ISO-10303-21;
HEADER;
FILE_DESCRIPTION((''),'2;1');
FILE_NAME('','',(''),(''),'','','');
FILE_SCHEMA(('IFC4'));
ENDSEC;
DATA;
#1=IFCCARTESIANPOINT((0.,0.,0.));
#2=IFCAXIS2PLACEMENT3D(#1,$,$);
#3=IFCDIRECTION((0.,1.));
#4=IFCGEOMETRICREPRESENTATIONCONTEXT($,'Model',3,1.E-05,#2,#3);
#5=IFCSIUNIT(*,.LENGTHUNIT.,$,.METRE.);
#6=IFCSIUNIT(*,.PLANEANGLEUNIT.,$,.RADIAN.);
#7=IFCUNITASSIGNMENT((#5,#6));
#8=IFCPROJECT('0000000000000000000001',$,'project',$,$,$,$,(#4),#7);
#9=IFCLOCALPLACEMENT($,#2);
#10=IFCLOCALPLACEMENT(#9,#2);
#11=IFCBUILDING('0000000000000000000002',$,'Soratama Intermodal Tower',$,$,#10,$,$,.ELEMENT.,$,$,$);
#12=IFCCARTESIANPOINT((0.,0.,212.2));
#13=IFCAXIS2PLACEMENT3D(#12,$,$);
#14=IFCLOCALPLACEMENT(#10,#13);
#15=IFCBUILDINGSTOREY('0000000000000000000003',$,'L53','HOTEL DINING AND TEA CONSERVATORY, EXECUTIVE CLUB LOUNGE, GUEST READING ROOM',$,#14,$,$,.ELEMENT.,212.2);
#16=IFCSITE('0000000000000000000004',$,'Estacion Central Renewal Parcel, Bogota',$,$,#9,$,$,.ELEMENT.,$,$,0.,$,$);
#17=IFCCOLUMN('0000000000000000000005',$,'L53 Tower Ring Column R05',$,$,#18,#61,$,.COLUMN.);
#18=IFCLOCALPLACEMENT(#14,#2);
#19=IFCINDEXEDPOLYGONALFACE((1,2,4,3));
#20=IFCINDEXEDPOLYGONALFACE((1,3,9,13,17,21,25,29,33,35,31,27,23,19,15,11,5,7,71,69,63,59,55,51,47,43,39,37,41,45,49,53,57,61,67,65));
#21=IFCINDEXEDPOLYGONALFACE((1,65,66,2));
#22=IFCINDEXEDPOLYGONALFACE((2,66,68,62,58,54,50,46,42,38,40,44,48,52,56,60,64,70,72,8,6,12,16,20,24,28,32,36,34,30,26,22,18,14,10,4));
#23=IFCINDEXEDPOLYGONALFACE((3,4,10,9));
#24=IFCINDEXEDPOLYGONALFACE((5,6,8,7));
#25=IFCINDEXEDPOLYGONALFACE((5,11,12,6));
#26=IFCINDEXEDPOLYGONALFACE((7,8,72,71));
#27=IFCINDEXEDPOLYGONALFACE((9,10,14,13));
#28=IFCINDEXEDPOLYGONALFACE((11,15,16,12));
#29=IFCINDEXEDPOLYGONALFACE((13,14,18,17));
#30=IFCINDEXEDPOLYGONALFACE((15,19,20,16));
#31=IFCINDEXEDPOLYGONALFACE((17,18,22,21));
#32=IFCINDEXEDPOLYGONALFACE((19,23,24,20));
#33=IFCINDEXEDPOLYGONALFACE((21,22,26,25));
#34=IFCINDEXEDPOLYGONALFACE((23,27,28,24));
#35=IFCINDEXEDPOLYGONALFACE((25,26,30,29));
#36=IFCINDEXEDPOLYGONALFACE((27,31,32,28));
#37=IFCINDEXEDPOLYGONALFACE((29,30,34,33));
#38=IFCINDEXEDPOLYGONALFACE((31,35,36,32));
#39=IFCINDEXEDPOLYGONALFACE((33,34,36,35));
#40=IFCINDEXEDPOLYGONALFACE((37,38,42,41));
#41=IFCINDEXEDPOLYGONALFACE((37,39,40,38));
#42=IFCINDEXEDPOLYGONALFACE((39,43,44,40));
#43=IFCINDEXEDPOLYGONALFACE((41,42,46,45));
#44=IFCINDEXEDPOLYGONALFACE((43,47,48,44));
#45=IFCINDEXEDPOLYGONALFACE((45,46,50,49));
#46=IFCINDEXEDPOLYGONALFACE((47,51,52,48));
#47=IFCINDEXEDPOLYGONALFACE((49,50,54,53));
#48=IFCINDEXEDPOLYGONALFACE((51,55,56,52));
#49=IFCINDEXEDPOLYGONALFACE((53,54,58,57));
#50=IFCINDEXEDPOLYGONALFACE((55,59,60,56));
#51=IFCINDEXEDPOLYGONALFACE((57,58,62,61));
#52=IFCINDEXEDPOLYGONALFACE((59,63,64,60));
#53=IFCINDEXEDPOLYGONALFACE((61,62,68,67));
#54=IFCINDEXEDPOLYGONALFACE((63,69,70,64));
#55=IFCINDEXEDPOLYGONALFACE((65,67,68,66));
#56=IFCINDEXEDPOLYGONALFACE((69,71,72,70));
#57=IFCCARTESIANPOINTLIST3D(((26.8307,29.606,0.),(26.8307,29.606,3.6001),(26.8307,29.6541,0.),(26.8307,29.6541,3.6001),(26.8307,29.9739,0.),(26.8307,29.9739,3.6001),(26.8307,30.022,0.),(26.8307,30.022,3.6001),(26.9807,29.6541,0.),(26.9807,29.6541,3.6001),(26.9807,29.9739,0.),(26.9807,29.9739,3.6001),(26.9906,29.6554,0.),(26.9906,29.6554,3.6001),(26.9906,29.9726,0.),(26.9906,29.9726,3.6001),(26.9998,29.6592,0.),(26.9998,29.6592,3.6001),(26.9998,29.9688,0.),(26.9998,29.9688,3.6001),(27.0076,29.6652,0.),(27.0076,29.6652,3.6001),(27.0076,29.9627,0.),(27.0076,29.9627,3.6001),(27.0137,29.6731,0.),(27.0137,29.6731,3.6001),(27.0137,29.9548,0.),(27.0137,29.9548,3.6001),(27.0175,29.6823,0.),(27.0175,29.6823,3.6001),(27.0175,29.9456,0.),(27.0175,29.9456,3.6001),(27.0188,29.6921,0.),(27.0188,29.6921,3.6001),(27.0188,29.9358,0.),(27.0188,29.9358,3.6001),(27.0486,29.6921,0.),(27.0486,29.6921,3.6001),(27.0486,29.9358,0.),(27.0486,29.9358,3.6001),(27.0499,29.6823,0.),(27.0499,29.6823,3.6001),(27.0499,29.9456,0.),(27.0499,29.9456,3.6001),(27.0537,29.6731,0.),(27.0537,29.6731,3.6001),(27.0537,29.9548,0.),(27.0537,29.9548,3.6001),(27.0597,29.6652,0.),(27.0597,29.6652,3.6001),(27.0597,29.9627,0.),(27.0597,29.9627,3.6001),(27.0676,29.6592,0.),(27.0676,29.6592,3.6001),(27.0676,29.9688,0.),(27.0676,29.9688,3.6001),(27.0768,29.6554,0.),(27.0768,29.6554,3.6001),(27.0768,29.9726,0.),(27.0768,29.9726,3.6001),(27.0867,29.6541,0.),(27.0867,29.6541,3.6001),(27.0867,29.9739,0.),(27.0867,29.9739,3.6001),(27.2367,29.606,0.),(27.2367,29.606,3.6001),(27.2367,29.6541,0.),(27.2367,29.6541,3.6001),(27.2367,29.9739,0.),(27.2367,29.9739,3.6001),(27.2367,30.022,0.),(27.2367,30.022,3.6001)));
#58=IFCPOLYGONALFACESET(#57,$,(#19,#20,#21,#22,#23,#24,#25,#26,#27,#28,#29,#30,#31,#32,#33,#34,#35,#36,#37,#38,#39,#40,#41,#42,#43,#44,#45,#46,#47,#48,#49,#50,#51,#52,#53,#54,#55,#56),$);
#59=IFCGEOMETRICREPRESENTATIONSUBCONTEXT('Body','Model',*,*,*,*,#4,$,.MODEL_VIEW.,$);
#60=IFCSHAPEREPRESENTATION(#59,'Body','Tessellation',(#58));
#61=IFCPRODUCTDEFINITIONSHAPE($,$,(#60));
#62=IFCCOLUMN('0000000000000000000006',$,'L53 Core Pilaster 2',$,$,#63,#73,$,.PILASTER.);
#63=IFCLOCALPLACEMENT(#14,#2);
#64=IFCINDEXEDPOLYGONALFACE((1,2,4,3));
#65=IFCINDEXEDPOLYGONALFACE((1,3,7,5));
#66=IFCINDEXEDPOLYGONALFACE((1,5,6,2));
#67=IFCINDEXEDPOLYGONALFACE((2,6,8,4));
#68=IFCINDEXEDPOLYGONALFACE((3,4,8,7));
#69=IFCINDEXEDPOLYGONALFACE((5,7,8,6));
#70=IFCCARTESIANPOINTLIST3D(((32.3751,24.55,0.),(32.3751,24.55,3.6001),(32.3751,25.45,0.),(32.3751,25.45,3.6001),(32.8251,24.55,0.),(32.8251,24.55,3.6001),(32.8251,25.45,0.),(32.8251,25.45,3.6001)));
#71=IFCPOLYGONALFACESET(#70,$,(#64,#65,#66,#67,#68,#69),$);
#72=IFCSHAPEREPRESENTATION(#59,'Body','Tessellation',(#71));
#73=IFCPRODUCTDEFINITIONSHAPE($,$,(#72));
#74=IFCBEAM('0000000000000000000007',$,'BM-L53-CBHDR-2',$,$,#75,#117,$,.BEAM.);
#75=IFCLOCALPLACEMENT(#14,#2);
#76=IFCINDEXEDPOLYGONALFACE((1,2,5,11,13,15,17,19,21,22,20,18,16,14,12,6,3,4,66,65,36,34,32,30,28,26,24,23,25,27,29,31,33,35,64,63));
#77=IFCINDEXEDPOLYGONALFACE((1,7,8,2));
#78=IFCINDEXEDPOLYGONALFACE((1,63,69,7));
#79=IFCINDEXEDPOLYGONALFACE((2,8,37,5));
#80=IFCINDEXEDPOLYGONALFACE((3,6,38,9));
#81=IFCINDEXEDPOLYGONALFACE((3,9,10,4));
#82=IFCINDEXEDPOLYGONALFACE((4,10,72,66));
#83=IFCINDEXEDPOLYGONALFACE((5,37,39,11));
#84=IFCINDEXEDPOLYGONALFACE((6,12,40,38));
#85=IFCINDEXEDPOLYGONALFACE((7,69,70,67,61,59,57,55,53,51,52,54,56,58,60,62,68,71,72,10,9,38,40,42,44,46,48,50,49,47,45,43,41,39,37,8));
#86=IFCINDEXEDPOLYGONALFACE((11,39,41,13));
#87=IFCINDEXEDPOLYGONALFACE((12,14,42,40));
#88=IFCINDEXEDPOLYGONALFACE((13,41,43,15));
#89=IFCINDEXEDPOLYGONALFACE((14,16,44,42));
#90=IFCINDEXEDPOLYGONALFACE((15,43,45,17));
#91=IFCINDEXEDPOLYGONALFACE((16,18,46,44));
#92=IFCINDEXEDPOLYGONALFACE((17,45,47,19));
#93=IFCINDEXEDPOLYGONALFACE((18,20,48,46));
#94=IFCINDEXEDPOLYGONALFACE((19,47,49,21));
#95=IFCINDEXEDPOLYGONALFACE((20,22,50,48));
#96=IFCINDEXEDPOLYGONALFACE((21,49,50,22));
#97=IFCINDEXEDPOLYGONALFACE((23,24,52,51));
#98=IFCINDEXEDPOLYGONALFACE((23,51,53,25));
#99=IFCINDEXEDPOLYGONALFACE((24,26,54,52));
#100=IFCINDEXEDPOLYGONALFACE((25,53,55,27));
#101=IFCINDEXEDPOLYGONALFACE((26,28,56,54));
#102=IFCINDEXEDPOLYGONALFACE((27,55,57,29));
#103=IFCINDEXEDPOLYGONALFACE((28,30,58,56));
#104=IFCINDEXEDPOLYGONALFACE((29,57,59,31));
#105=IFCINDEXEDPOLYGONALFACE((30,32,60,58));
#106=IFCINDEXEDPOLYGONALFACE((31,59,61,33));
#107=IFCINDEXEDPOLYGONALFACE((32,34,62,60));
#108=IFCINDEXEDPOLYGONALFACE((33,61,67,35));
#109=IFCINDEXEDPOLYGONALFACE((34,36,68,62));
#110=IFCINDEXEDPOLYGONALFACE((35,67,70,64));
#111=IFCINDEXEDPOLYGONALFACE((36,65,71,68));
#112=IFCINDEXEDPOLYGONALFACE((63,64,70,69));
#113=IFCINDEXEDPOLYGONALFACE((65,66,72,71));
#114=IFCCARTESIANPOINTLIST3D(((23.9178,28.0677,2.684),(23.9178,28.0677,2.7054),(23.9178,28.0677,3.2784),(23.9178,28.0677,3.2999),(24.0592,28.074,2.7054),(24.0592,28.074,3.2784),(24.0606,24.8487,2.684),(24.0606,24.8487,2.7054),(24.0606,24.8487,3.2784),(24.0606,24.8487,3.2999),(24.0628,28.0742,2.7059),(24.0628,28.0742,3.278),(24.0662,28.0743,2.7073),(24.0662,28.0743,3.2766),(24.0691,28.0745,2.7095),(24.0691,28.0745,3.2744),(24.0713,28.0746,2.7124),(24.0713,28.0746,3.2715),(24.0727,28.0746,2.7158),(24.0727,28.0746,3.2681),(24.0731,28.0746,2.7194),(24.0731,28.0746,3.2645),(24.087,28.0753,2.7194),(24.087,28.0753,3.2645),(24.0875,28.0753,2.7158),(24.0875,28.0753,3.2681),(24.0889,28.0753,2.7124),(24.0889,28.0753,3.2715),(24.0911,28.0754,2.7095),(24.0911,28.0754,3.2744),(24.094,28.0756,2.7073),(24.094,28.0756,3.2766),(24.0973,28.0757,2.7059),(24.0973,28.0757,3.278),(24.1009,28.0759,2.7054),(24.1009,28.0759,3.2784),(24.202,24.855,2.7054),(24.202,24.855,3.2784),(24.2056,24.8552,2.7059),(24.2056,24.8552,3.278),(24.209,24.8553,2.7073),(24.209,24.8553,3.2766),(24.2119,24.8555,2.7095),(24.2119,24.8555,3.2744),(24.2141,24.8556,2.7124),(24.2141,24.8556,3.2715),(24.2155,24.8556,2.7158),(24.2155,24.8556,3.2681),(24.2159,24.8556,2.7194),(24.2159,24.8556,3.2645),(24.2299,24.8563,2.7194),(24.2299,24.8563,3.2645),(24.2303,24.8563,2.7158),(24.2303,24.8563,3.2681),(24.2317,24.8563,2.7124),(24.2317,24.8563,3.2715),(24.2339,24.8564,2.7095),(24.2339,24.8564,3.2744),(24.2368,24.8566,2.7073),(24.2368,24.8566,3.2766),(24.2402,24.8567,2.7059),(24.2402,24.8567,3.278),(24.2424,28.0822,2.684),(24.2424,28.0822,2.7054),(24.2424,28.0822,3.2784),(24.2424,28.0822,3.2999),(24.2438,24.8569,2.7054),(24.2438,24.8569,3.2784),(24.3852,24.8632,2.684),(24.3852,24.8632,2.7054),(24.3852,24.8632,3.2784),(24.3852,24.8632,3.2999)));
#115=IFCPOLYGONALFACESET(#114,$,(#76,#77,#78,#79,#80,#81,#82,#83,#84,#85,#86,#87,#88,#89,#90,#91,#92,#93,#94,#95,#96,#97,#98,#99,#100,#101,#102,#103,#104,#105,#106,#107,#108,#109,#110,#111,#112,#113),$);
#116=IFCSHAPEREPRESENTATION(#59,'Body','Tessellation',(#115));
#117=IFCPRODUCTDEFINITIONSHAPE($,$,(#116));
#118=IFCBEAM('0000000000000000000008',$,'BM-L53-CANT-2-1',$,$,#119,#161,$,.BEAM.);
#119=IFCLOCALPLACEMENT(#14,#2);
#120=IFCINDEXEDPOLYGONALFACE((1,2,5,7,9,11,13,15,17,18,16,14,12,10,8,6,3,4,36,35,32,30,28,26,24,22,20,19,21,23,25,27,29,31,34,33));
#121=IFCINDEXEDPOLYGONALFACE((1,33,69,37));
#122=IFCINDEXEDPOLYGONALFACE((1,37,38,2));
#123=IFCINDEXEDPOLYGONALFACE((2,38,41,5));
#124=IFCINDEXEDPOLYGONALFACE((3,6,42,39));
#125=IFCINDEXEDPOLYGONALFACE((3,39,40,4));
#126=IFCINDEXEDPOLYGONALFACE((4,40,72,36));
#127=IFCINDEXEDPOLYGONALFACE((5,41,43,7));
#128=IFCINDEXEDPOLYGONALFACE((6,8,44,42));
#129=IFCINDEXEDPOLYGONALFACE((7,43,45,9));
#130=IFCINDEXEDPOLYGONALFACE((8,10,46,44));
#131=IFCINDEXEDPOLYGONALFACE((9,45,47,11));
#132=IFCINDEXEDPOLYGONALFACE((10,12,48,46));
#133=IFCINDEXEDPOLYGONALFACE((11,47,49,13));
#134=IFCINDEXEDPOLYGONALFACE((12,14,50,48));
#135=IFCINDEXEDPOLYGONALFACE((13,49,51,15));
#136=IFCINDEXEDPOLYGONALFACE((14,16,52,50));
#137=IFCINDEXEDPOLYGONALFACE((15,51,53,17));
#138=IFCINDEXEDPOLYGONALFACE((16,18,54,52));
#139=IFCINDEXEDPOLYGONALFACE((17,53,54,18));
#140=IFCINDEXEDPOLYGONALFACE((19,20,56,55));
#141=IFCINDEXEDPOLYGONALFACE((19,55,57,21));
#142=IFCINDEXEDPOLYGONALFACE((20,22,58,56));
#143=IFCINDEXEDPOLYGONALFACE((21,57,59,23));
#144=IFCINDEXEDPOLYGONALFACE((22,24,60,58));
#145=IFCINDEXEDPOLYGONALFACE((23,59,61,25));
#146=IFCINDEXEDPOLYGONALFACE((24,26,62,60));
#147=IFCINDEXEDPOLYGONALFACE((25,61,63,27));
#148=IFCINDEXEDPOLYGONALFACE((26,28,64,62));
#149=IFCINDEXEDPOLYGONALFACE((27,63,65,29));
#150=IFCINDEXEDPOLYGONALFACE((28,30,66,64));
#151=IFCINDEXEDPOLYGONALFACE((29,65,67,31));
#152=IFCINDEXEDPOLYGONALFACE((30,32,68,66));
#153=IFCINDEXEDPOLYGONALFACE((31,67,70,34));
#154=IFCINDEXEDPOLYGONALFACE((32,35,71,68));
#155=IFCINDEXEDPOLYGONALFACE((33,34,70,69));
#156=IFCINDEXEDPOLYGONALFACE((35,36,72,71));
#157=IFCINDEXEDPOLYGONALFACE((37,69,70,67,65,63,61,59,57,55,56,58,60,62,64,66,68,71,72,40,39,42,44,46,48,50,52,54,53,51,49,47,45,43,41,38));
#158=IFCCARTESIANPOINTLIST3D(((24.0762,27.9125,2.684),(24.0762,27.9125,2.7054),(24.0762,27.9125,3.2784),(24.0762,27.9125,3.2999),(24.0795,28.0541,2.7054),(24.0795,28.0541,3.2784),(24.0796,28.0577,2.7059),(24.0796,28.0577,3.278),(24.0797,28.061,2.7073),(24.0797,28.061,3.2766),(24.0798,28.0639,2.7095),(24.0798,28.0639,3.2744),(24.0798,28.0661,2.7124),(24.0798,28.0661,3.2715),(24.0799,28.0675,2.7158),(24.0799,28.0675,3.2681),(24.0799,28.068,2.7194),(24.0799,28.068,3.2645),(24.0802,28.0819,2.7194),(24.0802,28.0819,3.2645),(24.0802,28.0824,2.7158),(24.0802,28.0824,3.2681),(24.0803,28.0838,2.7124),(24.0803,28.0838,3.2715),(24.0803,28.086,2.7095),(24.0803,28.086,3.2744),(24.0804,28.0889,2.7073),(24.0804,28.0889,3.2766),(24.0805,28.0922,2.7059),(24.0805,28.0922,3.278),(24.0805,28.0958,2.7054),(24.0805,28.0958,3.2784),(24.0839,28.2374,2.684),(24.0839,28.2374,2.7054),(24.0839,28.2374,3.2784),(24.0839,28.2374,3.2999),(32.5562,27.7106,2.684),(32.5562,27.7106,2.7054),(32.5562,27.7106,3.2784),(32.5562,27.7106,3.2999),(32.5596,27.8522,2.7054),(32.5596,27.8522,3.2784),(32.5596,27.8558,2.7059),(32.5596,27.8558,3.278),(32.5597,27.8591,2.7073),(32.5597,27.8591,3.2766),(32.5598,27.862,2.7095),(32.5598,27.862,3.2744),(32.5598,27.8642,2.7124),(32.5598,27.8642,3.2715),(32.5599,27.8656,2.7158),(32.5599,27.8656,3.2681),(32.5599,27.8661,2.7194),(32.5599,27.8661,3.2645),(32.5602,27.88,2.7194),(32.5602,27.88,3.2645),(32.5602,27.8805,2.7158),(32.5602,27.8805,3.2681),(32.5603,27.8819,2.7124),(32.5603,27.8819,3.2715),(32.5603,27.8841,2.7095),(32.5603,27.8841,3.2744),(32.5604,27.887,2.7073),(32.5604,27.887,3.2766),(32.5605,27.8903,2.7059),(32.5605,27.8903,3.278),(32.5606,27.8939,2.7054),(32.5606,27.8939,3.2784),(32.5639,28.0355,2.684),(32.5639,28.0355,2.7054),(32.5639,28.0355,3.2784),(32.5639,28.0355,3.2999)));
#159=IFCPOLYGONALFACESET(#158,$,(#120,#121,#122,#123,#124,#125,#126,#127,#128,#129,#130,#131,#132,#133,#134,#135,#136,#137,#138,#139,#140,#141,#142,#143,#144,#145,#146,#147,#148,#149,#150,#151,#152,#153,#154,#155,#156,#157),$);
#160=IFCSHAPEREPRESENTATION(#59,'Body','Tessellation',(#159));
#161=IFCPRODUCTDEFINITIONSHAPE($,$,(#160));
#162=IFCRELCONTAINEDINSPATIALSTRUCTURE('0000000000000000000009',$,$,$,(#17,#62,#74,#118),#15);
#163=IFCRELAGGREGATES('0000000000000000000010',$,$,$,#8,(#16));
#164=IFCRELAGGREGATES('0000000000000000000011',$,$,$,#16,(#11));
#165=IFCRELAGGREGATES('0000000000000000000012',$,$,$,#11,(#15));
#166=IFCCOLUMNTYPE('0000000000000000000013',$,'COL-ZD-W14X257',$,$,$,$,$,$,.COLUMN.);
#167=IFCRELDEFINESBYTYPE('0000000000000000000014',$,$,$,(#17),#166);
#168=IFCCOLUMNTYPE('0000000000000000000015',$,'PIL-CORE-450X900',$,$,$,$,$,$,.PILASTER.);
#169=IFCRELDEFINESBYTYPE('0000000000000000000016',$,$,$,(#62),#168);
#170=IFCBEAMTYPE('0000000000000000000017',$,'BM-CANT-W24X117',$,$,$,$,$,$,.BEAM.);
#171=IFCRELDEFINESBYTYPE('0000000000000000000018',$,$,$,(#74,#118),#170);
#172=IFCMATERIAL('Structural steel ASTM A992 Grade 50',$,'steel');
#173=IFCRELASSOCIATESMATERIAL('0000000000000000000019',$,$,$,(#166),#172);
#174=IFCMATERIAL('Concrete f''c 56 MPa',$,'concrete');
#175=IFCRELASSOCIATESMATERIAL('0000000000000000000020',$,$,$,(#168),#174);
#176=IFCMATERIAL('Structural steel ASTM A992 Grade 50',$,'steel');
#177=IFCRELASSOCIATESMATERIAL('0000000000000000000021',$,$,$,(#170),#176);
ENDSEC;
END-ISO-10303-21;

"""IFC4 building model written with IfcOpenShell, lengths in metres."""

from ifc_helpers import new_model, si_unit, direction, frame, origin, origin_2d, place, context, subcontext, project, spatial, rectangle, i_section, extrude, material, material_profile, profile_set, type_object, element, save


model = new_model("IFC4")

# Units and contexts
model_context = context("Model", 3, precision=1e-05, world=origin(), true_north=direction((0.0, 1.0)))
body_context = subcontext(model_context, "Body", "Model", "MODEL_VIEW")
ifc_project = project(units=[si_unit("LENGTHUNIT", "METRE"), si_unit("PLANEANGLEUNIT", "RADIAN")], contexts=[model_context])

# Site, building, storey
site_placement = place(None, origin())
site = spatial("IfcSite", under=ifc_project, at=site_placement, Name="Estacion Central Renewal Parcel, Bogota", CompositionType="ELEMENT", RefElevation=0.0)
building_placement = place(site_placement, origin())
building = spatial("IfcBuilding", under=site, at=building_placement, Name="Soratama Intermodal Tower", CompositionType="ELEMENT")
storey_placement = place(building_placement, frame((0.0, 0.0, 212.2)))
storey = spatial("IfcBuildingStorey", under=building, at=storey_placement, Name="L53", Description="HOTEL DINING AND TEA CONSERVATORY, EXECUTIVE CLUB LOUNGE, GUEST READING ROOM", CompositionType="ELEMENT", Elevation=212.2)

# Columns
ifc_material_1 = material(Name="Structural steel ASTM A992 Grade 50", Category="steel")
ifc_material_profile_1 = material_profile(ifc_material_1, i_section(OverallWidth=0.406, OverallDepth=0.416, WebThickness=0.0298, FlangeThickness=0.0481, FilletRadius=0.0381, at=origin_2d()), Name="W14X257")
ifc_profile_set_1 = profile_set([ifc_material_profile_1], Name="Structural steel ASTM A992 Grade 50")
column_type_1 = type_object("IfcColumnType", Name="COL-ZD-W14X257", PredefinedType="COLUMN", material=ifc_profile_set_1)
column_1_placement = place(storey_placement, frame((27.0337, 29.814, 0.0), z_axis=(0.0, 0.0, 1.0), x_axis=(1.0, 0.0, 0.0)))
element("IfcColumn", 1, at=column_1_placement, inside=storey, type_object=column_type_1, Name="L53 Tower Ring Column R05", PredefinedType="COLUMN", context=body_context, shape_type="SweptSolid", body=[
    extrude(i_section(OverallWidth=0.406, OverallDepth=0.416, WebThickness=0.0298, FlangeThickness=0.0481, FilletRadius=0.0381, at=origin_2d()), origin(), (0.0, 0.0, 1.0), 3.6001),
])
ifc_material_2 = material(Name="Concrete f'c 56 MPa", Category="concrete")
ifc_material_profile_2 = material_profile(ifc_material_2, rectangle(XDim=0.45, YDim=0.8999, at=origin_2d()), Name="RC450X900")
ifc_profile_set_2 = profile_set([ifc_material_profile_2], Name="Concrete f'c 56 MPa")
column_type_2 = type_object("IfcColumnType", Name="PIL-CORE-450X900", PredefinedType="PILASTER", material=ifc_profile_set_2)
column_2_placement = place(storey_placement, frame((32.6001, 25.0, 0.0), z_axis=(0.0, 0.0, 1.0), x_axis=(1.0, 0.0, 0.0)))
element("IfcColumn", 2, at=column_2_placement, inside=storey, type_object=column_type_2, Name="L53 Core Pilaster 2", PredefinedType="PILASTER", context=body_context, shape_type="SweptSolid", body=[
    extrude(rectangle(XDim=0.45, YDim=0.8999, at=origin_2d()), origin(), (0.0, 0.0, 1.0), 3.6001),
])

# Beams
ifc_material_3 = material(Name="Structural steel ASTM A992 Grade 50", Category="steel")
ifc_material_profile_3 = material_profile(ifc_material_3, i_section(OverallWidth=0.325, OverallDepth=0.616, WebThickness=0.0139, FlangeThickness=0.0215, FilletRadius=0.0139, at=origin_2d()), Name="W24X117")
ifc_profile_set_3 = profile_set([ifc_material_profile_3], Name="Structural steel ASTM A992 Grade 50")
beam_type_1 = type_object("IfcBeamType", Name="BM-CANT-W24X117", PredefinedType="BEAM", material=ifc_profile_set_3)
beam_1_placement = place(storey_placement, frame((24.0801, 28.075, 2.9919), z_axis=(0.044325, -0.999017, 0.0), x_axis=(0.999017, 0.044325, 0.0)))
element("IfcBeam", 3, at=beam_1_placement, inside=storey, type_object=beam_type_1, Name="BM-L53-CBHDR-2", PredefinedType="BEAM", context=body_context, shape_type="SweptSolid", body=[
    extrude(i_section(OverallWidth=0.325, OverallDepth=0.616, WebThickness=0.0139, FlangeThickness=0.0215, FilletRadius=0.0139, at=origin_2d()), origin(), (0.0, 0.0, 1.0), 3.2222),
])
beam_2_placement = place(storey_placement, frame((32.5601, 27.873, 2.9919), z_axis=(-0.999717, 0.023803, 0.0), x_axis=(-0.023803, -0.999717, 0.0)))
element("IfcBeam", 4, at=beam_2_placement, inside=storey, type_object=beam_type_1, Name="BM-L53-CANT-2-1", PredefinedType="BEAM", context=body_context, shape_type="SweptSolid", body=[
    extrude(i_section(OverallWidth=0.325, OverallDepth=0.616, WebThickness=0.0139, FlangeThickness=0.0215, FilletRadius=0.0139, at=origin_2d()), origin(), (0.0, 0.0, 1.0), 8.4824),
])

save(model, "model.ifc")
